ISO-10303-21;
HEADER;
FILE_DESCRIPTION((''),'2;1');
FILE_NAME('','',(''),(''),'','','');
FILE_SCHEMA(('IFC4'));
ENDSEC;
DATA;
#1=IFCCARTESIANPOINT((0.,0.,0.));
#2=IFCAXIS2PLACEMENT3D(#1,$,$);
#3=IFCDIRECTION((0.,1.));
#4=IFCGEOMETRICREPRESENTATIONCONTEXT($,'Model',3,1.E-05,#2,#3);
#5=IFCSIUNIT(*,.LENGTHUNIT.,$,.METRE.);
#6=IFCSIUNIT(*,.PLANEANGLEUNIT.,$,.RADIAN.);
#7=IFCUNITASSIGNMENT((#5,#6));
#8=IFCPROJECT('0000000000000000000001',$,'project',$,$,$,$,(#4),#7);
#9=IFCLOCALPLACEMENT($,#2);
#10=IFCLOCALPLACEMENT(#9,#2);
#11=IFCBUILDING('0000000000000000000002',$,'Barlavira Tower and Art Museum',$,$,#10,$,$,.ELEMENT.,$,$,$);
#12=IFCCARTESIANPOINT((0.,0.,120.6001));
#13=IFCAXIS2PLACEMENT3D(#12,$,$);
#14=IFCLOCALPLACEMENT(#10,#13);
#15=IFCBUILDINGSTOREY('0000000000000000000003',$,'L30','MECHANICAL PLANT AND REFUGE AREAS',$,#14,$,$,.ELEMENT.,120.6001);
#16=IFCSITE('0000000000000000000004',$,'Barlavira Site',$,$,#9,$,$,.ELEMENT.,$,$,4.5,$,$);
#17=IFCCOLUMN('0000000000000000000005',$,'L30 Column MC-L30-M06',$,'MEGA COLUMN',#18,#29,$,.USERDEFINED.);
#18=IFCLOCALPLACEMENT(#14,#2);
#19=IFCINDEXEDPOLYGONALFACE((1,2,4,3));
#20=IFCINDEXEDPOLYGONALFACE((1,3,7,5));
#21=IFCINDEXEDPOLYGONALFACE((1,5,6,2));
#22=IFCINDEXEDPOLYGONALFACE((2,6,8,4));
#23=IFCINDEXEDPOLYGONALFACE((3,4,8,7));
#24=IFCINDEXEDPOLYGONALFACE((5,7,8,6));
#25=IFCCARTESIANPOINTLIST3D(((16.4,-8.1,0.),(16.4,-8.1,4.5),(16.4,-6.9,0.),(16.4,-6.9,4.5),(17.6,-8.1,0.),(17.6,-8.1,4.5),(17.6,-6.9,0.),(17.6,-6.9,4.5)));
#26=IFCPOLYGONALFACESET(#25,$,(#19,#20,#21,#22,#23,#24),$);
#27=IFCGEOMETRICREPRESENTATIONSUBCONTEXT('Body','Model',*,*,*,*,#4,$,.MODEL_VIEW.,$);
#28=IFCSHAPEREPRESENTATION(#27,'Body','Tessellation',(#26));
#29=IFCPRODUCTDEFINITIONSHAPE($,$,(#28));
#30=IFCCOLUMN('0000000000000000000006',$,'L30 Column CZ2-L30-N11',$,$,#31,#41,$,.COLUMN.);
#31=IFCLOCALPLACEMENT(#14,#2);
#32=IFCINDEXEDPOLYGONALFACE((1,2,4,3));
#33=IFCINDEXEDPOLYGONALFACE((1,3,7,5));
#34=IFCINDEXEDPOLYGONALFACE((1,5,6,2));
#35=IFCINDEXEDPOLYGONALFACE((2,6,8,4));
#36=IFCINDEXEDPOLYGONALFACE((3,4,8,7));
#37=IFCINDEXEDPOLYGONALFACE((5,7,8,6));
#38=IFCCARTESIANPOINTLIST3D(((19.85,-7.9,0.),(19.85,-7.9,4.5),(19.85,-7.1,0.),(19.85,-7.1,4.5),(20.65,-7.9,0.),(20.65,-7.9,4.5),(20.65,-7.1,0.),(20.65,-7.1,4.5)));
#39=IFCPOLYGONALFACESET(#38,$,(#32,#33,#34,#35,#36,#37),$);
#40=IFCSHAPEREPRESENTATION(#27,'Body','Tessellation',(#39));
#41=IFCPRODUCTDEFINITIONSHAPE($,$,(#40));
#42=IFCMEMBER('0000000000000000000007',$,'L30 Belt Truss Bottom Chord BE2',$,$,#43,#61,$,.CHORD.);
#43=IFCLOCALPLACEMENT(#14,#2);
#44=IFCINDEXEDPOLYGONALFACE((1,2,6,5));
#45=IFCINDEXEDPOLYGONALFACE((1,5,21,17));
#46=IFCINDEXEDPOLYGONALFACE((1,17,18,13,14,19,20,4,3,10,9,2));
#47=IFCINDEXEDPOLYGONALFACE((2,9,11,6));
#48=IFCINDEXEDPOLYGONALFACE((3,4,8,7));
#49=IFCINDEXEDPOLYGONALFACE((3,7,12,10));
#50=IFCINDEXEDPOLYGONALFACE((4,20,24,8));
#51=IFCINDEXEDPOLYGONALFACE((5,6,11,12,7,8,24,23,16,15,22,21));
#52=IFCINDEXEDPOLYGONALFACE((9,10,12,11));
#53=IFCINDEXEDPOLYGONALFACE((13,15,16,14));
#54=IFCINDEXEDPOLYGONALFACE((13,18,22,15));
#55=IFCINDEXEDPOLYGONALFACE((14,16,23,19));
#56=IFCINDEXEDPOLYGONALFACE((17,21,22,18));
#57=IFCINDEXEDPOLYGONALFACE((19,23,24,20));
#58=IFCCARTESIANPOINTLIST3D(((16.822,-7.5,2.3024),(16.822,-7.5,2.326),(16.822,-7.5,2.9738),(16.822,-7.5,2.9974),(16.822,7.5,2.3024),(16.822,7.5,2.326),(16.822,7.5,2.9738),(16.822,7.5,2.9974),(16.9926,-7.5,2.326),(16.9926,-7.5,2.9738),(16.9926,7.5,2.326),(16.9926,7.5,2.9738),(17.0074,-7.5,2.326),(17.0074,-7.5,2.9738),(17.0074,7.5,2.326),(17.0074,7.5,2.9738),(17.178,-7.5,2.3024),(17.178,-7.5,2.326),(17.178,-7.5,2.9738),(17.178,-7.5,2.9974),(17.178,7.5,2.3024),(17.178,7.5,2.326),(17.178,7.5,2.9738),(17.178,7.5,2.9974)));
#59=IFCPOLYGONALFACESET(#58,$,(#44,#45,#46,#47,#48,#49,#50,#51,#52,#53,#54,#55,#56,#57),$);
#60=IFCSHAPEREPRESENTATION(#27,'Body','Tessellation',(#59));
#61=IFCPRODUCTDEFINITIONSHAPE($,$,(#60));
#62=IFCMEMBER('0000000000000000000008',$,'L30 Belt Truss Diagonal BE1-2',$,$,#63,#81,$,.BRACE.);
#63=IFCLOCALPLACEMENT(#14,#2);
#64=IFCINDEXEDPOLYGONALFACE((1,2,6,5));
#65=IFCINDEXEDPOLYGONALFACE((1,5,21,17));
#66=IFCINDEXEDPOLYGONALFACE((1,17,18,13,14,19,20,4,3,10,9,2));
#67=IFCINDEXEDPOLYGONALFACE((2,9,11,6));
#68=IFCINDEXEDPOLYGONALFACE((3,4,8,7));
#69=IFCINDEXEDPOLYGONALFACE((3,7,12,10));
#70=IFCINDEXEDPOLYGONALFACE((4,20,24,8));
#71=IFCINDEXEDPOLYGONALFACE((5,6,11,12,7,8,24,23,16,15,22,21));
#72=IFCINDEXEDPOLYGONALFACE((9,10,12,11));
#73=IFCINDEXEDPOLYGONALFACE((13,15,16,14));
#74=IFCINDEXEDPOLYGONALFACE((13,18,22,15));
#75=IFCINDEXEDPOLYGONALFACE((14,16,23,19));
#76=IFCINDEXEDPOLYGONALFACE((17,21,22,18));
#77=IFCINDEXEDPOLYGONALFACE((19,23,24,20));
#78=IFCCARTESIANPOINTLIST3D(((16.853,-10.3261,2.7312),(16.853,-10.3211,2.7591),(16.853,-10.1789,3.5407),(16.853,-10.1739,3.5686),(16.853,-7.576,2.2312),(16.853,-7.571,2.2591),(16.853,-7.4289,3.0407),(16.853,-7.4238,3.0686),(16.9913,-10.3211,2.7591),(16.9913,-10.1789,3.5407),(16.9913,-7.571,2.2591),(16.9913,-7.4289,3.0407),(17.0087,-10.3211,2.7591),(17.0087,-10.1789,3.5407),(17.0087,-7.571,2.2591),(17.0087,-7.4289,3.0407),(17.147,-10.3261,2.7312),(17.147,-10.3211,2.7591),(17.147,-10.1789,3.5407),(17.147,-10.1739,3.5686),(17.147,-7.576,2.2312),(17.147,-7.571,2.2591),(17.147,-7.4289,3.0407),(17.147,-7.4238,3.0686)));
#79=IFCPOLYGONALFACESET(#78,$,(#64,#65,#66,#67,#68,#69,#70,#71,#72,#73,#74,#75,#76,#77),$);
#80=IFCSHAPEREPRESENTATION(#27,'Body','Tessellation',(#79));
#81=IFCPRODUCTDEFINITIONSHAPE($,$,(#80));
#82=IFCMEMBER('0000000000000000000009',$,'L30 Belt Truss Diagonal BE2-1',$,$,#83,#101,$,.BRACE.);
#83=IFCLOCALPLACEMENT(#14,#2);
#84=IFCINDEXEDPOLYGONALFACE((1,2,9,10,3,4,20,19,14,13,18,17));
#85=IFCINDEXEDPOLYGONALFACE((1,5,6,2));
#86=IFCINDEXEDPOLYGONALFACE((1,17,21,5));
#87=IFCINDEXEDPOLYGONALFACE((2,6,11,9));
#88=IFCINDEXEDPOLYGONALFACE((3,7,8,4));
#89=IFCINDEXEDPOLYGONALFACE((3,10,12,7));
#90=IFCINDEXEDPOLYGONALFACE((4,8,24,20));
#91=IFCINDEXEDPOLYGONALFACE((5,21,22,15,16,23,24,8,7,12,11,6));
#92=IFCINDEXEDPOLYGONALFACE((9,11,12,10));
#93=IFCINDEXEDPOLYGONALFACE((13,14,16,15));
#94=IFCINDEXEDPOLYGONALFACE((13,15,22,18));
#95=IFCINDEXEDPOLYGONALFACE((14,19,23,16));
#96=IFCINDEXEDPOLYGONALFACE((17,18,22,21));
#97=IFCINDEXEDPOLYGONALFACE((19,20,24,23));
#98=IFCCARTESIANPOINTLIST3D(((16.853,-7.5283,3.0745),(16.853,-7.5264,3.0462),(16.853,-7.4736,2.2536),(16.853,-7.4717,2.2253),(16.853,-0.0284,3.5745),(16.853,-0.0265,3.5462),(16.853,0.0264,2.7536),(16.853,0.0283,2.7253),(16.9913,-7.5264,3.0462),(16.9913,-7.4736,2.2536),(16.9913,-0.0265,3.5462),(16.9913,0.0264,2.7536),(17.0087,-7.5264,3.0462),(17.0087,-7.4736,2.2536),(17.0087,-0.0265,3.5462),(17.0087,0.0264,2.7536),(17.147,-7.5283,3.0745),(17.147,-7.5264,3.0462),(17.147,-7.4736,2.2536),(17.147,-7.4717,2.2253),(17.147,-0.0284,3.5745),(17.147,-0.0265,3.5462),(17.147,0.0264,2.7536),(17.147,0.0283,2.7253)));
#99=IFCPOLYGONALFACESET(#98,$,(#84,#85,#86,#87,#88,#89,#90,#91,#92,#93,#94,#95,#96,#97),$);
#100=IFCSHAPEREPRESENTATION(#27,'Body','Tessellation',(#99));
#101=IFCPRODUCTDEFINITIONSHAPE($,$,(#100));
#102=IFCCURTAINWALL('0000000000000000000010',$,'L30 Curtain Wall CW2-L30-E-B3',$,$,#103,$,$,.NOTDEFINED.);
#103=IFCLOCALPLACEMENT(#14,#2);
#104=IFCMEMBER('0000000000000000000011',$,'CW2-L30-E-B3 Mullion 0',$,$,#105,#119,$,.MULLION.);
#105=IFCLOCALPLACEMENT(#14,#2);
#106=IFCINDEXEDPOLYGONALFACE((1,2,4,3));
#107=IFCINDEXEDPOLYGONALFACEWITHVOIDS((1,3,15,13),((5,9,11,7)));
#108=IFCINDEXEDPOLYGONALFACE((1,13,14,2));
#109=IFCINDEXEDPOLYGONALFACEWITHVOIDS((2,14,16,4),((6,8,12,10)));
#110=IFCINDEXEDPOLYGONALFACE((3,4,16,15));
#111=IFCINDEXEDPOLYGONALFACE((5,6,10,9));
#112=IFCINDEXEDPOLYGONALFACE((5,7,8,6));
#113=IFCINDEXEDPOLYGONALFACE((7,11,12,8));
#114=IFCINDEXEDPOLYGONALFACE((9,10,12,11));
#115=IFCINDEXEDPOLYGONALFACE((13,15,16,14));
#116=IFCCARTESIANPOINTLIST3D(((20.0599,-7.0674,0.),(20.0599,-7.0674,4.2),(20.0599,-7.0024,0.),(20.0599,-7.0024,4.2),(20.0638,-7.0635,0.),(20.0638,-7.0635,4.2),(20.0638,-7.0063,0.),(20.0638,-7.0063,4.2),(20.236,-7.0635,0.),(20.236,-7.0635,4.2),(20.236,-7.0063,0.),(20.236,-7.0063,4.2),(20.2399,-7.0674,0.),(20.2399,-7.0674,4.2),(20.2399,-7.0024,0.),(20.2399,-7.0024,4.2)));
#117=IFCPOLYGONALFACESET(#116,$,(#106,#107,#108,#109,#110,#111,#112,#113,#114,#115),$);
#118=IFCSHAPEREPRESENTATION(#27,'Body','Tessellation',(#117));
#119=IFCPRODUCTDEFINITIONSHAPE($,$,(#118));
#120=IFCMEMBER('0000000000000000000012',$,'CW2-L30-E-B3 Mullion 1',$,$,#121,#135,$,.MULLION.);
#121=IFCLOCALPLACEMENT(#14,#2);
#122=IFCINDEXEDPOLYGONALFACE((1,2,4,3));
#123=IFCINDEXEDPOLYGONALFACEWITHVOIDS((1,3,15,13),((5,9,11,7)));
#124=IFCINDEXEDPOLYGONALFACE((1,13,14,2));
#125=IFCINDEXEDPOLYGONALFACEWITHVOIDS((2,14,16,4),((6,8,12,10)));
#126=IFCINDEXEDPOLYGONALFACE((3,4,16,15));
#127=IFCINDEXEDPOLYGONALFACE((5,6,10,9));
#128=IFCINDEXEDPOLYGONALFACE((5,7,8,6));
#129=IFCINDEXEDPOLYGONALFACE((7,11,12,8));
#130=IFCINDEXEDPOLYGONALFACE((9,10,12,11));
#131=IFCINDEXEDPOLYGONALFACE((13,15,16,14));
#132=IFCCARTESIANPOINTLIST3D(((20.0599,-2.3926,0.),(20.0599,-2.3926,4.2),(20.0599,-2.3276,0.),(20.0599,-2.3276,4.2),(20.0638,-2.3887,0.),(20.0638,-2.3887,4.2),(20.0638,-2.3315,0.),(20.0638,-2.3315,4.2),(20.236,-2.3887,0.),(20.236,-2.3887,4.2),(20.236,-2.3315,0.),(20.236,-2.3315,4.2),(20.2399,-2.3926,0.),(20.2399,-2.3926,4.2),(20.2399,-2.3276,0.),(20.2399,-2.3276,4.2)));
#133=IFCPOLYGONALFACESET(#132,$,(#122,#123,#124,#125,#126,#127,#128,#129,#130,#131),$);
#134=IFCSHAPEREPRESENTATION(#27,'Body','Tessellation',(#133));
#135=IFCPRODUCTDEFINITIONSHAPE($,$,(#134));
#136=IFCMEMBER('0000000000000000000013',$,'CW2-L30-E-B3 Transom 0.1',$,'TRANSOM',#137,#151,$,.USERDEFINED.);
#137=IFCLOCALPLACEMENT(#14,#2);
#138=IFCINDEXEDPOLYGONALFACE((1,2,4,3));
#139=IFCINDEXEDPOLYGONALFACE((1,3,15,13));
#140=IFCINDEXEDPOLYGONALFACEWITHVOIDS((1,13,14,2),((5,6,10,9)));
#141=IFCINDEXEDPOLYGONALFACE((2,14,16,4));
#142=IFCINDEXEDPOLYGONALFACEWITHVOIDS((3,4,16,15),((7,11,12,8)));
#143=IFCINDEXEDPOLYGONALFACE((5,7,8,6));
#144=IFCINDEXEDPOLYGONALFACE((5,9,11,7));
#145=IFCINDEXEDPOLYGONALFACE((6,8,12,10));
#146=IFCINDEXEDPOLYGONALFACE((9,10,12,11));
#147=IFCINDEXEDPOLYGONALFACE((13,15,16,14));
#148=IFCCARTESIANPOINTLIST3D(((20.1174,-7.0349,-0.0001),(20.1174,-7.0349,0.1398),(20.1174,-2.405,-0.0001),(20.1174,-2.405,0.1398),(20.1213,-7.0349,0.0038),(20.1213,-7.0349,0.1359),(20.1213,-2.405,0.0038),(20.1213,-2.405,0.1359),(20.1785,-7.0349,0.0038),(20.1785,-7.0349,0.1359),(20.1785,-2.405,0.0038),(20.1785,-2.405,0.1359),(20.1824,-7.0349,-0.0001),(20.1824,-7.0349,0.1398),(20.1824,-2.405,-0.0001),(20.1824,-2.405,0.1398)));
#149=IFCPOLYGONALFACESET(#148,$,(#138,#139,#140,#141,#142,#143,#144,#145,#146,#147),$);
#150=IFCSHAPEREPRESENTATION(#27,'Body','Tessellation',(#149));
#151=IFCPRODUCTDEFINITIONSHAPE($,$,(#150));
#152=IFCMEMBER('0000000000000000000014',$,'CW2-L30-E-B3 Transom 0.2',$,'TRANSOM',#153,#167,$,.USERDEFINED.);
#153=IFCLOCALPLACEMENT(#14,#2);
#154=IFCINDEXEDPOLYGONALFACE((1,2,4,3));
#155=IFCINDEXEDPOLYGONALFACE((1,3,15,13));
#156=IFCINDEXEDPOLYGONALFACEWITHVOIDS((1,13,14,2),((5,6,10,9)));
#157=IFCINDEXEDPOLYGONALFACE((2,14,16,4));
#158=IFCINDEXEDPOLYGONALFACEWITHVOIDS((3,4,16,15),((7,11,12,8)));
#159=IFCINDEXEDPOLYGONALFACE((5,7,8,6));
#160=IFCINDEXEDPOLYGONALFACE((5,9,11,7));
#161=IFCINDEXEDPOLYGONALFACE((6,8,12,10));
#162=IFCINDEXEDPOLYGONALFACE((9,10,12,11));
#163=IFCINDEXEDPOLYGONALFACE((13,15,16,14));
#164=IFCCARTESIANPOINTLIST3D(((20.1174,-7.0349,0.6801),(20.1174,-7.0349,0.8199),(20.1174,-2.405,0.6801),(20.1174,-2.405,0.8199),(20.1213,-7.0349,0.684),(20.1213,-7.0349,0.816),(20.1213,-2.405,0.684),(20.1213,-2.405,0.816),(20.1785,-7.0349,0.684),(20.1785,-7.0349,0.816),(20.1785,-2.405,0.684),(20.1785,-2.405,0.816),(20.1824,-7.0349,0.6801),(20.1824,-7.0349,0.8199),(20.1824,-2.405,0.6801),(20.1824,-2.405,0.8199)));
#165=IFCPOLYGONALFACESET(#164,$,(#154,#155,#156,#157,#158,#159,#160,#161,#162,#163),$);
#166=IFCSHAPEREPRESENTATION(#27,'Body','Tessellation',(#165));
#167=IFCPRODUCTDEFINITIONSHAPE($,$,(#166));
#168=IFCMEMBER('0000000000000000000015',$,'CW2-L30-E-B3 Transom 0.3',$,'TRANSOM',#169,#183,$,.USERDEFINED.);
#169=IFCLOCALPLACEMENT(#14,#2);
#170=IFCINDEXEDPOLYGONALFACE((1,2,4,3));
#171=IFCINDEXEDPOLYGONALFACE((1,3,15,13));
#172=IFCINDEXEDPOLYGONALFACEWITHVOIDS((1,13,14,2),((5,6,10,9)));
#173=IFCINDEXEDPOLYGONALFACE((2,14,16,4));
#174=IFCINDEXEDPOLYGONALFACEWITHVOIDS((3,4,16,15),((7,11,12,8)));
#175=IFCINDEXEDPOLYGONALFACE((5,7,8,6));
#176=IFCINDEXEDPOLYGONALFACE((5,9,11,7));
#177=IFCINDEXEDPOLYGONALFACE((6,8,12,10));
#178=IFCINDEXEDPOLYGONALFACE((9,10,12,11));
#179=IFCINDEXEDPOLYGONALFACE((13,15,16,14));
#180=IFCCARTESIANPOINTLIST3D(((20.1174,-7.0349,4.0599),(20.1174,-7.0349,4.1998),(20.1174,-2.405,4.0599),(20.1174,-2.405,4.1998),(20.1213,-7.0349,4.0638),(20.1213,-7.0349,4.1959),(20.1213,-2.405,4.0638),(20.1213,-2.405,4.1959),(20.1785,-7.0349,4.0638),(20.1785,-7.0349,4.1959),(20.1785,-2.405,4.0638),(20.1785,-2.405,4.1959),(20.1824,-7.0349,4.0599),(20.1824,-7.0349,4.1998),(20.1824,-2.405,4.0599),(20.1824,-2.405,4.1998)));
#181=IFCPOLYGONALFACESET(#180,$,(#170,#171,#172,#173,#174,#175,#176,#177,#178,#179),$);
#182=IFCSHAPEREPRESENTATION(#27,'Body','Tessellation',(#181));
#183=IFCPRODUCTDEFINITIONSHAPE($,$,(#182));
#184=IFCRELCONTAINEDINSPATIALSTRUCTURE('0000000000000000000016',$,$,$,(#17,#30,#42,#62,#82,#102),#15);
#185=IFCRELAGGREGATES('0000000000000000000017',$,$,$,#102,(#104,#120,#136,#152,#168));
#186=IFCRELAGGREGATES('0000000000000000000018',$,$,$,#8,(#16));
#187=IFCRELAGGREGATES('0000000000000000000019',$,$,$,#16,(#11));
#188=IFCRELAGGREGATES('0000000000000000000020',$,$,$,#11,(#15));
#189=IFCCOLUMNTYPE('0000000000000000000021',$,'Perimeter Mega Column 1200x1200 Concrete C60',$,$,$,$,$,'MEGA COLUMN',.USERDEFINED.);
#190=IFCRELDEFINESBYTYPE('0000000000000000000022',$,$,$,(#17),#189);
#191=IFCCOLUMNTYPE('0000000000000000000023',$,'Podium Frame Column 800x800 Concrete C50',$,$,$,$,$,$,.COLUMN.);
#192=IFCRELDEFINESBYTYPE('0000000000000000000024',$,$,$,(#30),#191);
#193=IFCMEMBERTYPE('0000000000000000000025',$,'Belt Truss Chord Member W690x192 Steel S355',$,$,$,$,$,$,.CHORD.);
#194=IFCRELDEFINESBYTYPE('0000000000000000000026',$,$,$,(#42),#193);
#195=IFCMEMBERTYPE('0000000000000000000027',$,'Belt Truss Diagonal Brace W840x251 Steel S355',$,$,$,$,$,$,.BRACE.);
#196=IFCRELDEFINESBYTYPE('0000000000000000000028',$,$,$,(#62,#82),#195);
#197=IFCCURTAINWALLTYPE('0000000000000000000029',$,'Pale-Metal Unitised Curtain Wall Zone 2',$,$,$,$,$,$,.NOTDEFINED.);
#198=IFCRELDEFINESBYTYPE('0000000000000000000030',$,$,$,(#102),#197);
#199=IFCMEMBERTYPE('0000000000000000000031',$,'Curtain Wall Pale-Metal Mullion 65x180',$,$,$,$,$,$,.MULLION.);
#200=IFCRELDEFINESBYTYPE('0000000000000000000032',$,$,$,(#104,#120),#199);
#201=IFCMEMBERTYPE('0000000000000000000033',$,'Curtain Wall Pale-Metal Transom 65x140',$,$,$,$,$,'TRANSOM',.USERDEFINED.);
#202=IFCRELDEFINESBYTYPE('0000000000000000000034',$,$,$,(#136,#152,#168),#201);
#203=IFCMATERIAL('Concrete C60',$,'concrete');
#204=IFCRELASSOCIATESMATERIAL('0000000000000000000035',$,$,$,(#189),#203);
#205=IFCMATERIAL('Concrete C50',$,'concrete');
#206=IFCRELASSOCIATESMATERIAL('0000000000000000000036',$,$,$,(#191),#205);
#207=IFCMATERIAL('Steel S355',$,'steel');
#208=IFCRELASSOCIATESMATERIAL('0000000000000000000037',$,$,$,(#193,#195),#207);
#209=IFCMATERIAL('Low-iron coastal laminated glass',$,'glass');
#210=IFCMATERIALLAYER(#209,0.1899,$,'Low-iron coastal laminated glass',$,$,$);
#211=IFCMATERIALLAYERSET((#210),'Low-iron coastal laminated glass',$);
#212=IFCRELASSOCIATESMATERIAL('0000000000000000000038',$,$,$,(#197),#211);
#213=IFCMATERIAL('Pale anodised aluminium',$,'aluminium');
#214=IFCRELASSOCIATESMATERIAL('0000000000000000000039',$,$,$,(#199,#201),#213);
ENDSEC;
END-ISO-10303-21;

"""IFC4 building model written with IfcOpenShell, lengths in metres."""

from ifc_helpers import new_model, si_unit, direction, frame, origin, origin_2d, place, context, subcontext, project, spatial, rectangle, hollow_rectangle, i_section, extrude, material, layer, layer_set, material_profile, profile_set, type_object, element, aggregate, save


model = new_model("IFC4")

# Units and contexts
model_context = context("Model", 3, precision=1e-05, world=origin(), true_north=direction((0.0, 1.0)))
body_context = subcontext(model_context, "Body", "Model", "MODEL_VIEW")
ifc_project = project(units=[si_unit("LENGTHUNIT", "METRE"), si_unit("PLANEANGLEUNIT", "RADIAN")], contexts=[model_context])

# Site, building, storey
site_placement = place(None, origin())
site = spatial("IfcSite", under=ifc_project, at=site_placement, Name="Barlavira Site", CompositionType="ELEMENT", RefElevation=4.5)
building_placement = place(site_placement, origin())
building = spatial("IfcBuilding", under=site, at=building_placement, Name="Barlavira Tower and Art Museum", CompositionType="ELEMENT")
storey_placement = place(building_placement, frame((0.0, 0.0, 120.6001)))
storey = spatial("IfcBuildingStorey", under=building, at=storey_placement, Name="L30", Description="MECHANICAL PLANT AND REFUGE AREAS", CompositionType="ELEMENT", Elevation=120.6001)

# Columns
ifc_material_1 = material(Name="Concrete C60", Category="concrete")
ifc_material_profile_1 = material_profile(ifc_material_1, rectangle(XDim=1.2, YDim=1.2, at=origin_2d()), Name="RC-COL 1200x1200")
ifc_profile_set_1 = profile_set([ifc_material_profile_1], Name="Concrete C60")
column_type_1 = type_object("IfcColumnType", Name="Perimeter Mega Column 1200x1200 Concrete C60", ElementType="MEGA COLUMN", PredefinedType="USERDEFINED", material=ifc_profile_set_1)
column_1_placement = place(storey_placement, frame((17.0, -7.5, 0.0), z_axis=(0.0, 0.0, 1.0), x_axis=(1.0, 0.0, 0.0)))
element("IfcColumn", 1, at=column_1_placement, inside=storey, type_object=column_type_1, Name="L30 Column MC-L30-M06", ObjectType="MEGA COLUMN", PredefinedType="USERDEFINED", context=body_context, shape_type="SweptSolid", body=[
    extrude(rectangle(XDim=1.2, YDim=1.2, at=origin_2d()), origin(), (0.0, 0.0, 1.0), 4.5),
])
ifc_material_2 = material(Name="Concrete C50", Category="concrete")
ifc_material_profile_2 = material_profile(ifc_material_2, rectangle(XDim=0.8, YDim=0.8, at=origin_2d()), Name="RC-COL 800x800")
ifc_profile_set_2 = profile_set([ifc_material_profile_2], Name="Concrete C50")
column_type_2 = type_object("IfcColumnType", Name="Podium Frame Column 800x800 Concrete C50", PredefinedType="COLUMN", material=ifc_profile_set_2)
column_2_placement = place(storey_placement, frame((20.25, -7.5, 0.0), z_axis=(0.0, 0.0, 1.0), x_axis=(1.0, 0.0, 0.0)))
element("IfcColumn", 2, at=column_2_placement, inside=storey, type_object=column_type_2, Name="L30 Column CZ2-L30-N11", PredefinedType="COLUMN", context=body_context, shape_type="SweptSolid", body=[
    extrude(rectangle(XDim=0.8, YDim=0.8, at=origin_2d()), origin(), (0.0, 0.0, 1.0), 4.5),
])

# Members
ifc_material_3 = material(Name="Steel S355", Category="steel")
ifc_material_profile_3 = material_profile(ifc_material_3, i_section(OverallWidth=0.356, OverallDepth=0.6951, WebThickness=0.0149, FlangeThickness=0.0237, at=origin_2d()), Name="W690x192.0")
ifc_profile_set_3 = profile_set([ifc_material_profile_3], Name="Steel S355")
member_type_1 = type_object("IfcMemberType", Name="Belt Truss Chord Member W690x192 Steel S355", PredefinedType="CHORD", material=ifc_profile_set_3)
member_1_placement = place(storey_placement, frame((17.0, -7.5, 2.6499), z_axis=(0.0, 1.0, 0.0), x_axis=(-1.0, 0.0, 0.0)))
element("IfcMember", 3, at=member_1_placement, inside=storey, type_object=member_type_1, Name="L30 Belt Truss Bottom Chord BE2", PredefinedType="CHORD", context=body_context, shape_type="SweptSolid", body=[
    extrude(i_section(OverallWidth=0.356, OverallDepth=0.6951, WebThickness=0.0149, FlangeThickness=0.0237, at=origin_2d()), origin(), (0.0, 0.0, 1.0), 15.0),
])
ifc_material_profile_4 = material_profile(ifc_material_3, i_section(OverallWidth=0.2939, OverallDepth=0.8511, WebThickness=0.0173, FlangeThickness=0.0283, at=origin_2d()), Name="W840x251.0")
ifc_profile_set_4 = profile_set([ifc_material_profile_4], Name="Steel S355")
member_type_2 = type_object("IfcMemberType", Name="Belt Truss Diagonal Brace W840x251 Steel S355", PredefinedType="BRACE", material=ifc_profile_set_4)
member_2_placement = place(storey_placement, frame((17.0, -10.25, 3.1499), z_axis=(0.0, 0.98387, -0.178885), x_axis=(-1.0, 0.0, 0.0)))
element("IfcMember", 4, at=member_2_placement, inside=storey, type_object=member_type_2, Name="L30 Belt Truss Diagonal BE1-2", PredefinedType="BRACE", context=body_context, shape_type="SweptSolid", body=[
    extrude(i_section(OverallWidth=0.2939, OverallDepth=0.8511, WebThickness=0.0173, FlangeThickness=0.0283, at=origin_2d()), origin(), (0.0, 0.0, 1.0), 2.7952),
])
member_3_placement = place(storey_placement, frame((17.0, -7.5, 2.6499), z_axis=(0.0, 0.997785, 0.066519), x_axis=(-1.0, 0.0, 0.0)))
element("IfcMember", 5, at=member_3_placement, inside=storey, type_object=member_type_2, Name="L30 Belt Truss Diagonal BE2-1", PredefinedType="BRACE", context=body_context, shape_type="SweptSolid", body=[
    extrude(i_section(OverallWidth=0.2939, OverallDepth=0.8511, WebThickness=0.0173, FlangeThickness=0.0283, at=origin_2d()), origin(), (0.0, 0.0, 1.0), 7.5166),
])

# Curtain wall, members
ifc_material_4 = material(Name="Low-iron coastal laminated glass", Category="glass")
ifc_layer_1 = layer(ifc_material_4, 0.1899, Name="Low-iron coastal laminated glass")
ifc_layer_set_1 = layer_set([ifc_layer_1], Name="Low-iron coastal laminated glass")
curtain_wall_type = type_object("IfcCurtainWallType", Name="Pale-Metal Unitised Curtain Wall Zone 2", PredefinedType="NOTDEFINED", material=ifc_layer_set_1)
curtain_wall_placement = place(storey_placement, origin())
curtain_wall = element("IfcCurtainWall", 6, at=curtain_wall_placement, inside=storey, type_object=curtain_wall_type, Name="L30 Curtain Wall CW2-L30-E-B3", PredefinedType="NOTDEFINED")
ifc_material_5 = material(Name="Pale anodised aluminium", Category="aluminium")
ifc_material_profile_5 = material_profile(ifc_material_5, hollow_rectangle(XDim=0.0649, YDim=0.1799, WallThickness=0.0039, at=origin_2d()), Name="ALU-MULL 65x180x4")
ifc_profile_set_5 = profile_set([ifc_material_profile_5], Name="Pale anodised aluminium")
member_type_3 = type_object("IfcMemberType", Name="Curtain Wall Pale-Metal Mullion 65x180", PredefinedType="MULLION", material=ifc_profile_set_5)
member_4_placement = place(storey_placement, frame((20.1499, -7.0349, 0.0), z_axis=(0.0, 0.0, 1.0), x_axis=(0.0, 1.0, 0.0)))
member_4 = element("IfcMember", 7, at=member_4_placement, type_object=member_type_3, Name="CW2-L30-E-B3 Mullion 0", PredefinedType="MULLION", context=body_context, shape_type="SweptSolid", body=[
    extrude(hollow_rectangle(XDim=0.0649, YDim=0.1799, WallThickness=0.0039, at=origin_2d()), origin(), (0.0, 0.0, 1.0), 4.2),
])
member_5_placement = place(storey_placement, frame((20.1499, -2.3601, 0.0), z_axis=(0.0, 0.0, 1.0), x_axis=(0.0, 1.0, 0.0)))
member_5 = element("IfcMember", 8, at=member_5_placement, type_object=member_type_3, Name="CW2-L30-E-B3 Mullion 1", PredefinedType="MULLION", context=body_context, shape_type="SweptSolid", body=[
    extrude(hollow_rectangle(XDim=0.0649, YDim=0.1799, WallThickness=0.0039, at=origin_2d()), origin(), (0.0, 0.0, 1.0), 4.2),
])
ifc_material_profile_6 = material_profile(ifc_material_5, hollow_rectangle(XDim=0.0649, YDim=0.1399, WallThickness=0.0039, at=origin_2d()), Name="ALU-TRAN 65x140x4")
ifc_profile_set_6 = profile_set([ifc_material_profile_6], Name="Pale anodised aluminium")
member_type_4 = type_object("IfcMemberType", Name="Curtain Wall Pale-Metal Transom 65x140", ElementType="TRANSOM", PredefinedType="USERDEFINED", material=ifc_profile_set_6)
member_6_placement = place(storey_placement, frame((20.1499, -7.0349, 0.0698), z_axis=(0.0, 1.0, 0.0), x_axis=(-1.0, 0.0, 0.0)))
member_6 = element("IfcMember", 9, at=member_6_placement, type_object=member_type_4, Name="CW2-L30-E-B3 Transom 0.1", ObjectType="TRANSOM", PredefinedType="USERDEFINED", context=body_context, shape_type="SweptSolid", body=[
    extrude(hollow_rectangle(XDim=0.0649, YDim=0.1399, WallThickness=0.0039, at=origin_2d()), origin(), (0.0, 0.0, 1.0), 4.6299),
])
member_7_placement = place(storey_placement, frame((20.1499, -7.0349, 0.75), z_axis=(0.0, 1.0, 0.0), x_axis=(-1.0, 0.0, 0.0)))
member_7 = element("IfcMember", 10, at=member_7_placement, type_object=member_type_4, Name="CW2-L30-E-B3 Transom 0.2", ObjectType="TRANSOM", PredefinedType="USERDEFINED", context=body_context, shape_type="SweptSolid", body=[
    extrude(hollow_rectangle(XDim=0.0649, YDim=0.1399, WallThickness=0.0039, at=origin_2d()), origin(), (0.0, 0.0, 1.0), 4.6299),
])
member_8_placement = place(storey_placement, frame((20.1499, -7.0349, 4.1299), z_axis=(0.0, 1.0, 0.0), x_axis=(-1.0, 0.0, 0.0)))
member_8 = element("IfcMember", 11, at=member_8_placement, type_object=member_type_4, Name="CW2-L30-E-B3 Transom 0.3", ObjectType="TRANSOM", PredefinedType="USERDEFINED", context=body_context, shape_type="SweptSolid", body=[
    extrude(hollow_rectangle(XDim=0.0649, YDim=0.1399, WallThickness=0.0039, at=origin_2d()), origin(), (0.0, 0.0, 1.0), 4.6299),
])

aggregate(curtain_wall, [member_4, member_5, member_6, member_7, member_8])

save(model, "model.ifc")
